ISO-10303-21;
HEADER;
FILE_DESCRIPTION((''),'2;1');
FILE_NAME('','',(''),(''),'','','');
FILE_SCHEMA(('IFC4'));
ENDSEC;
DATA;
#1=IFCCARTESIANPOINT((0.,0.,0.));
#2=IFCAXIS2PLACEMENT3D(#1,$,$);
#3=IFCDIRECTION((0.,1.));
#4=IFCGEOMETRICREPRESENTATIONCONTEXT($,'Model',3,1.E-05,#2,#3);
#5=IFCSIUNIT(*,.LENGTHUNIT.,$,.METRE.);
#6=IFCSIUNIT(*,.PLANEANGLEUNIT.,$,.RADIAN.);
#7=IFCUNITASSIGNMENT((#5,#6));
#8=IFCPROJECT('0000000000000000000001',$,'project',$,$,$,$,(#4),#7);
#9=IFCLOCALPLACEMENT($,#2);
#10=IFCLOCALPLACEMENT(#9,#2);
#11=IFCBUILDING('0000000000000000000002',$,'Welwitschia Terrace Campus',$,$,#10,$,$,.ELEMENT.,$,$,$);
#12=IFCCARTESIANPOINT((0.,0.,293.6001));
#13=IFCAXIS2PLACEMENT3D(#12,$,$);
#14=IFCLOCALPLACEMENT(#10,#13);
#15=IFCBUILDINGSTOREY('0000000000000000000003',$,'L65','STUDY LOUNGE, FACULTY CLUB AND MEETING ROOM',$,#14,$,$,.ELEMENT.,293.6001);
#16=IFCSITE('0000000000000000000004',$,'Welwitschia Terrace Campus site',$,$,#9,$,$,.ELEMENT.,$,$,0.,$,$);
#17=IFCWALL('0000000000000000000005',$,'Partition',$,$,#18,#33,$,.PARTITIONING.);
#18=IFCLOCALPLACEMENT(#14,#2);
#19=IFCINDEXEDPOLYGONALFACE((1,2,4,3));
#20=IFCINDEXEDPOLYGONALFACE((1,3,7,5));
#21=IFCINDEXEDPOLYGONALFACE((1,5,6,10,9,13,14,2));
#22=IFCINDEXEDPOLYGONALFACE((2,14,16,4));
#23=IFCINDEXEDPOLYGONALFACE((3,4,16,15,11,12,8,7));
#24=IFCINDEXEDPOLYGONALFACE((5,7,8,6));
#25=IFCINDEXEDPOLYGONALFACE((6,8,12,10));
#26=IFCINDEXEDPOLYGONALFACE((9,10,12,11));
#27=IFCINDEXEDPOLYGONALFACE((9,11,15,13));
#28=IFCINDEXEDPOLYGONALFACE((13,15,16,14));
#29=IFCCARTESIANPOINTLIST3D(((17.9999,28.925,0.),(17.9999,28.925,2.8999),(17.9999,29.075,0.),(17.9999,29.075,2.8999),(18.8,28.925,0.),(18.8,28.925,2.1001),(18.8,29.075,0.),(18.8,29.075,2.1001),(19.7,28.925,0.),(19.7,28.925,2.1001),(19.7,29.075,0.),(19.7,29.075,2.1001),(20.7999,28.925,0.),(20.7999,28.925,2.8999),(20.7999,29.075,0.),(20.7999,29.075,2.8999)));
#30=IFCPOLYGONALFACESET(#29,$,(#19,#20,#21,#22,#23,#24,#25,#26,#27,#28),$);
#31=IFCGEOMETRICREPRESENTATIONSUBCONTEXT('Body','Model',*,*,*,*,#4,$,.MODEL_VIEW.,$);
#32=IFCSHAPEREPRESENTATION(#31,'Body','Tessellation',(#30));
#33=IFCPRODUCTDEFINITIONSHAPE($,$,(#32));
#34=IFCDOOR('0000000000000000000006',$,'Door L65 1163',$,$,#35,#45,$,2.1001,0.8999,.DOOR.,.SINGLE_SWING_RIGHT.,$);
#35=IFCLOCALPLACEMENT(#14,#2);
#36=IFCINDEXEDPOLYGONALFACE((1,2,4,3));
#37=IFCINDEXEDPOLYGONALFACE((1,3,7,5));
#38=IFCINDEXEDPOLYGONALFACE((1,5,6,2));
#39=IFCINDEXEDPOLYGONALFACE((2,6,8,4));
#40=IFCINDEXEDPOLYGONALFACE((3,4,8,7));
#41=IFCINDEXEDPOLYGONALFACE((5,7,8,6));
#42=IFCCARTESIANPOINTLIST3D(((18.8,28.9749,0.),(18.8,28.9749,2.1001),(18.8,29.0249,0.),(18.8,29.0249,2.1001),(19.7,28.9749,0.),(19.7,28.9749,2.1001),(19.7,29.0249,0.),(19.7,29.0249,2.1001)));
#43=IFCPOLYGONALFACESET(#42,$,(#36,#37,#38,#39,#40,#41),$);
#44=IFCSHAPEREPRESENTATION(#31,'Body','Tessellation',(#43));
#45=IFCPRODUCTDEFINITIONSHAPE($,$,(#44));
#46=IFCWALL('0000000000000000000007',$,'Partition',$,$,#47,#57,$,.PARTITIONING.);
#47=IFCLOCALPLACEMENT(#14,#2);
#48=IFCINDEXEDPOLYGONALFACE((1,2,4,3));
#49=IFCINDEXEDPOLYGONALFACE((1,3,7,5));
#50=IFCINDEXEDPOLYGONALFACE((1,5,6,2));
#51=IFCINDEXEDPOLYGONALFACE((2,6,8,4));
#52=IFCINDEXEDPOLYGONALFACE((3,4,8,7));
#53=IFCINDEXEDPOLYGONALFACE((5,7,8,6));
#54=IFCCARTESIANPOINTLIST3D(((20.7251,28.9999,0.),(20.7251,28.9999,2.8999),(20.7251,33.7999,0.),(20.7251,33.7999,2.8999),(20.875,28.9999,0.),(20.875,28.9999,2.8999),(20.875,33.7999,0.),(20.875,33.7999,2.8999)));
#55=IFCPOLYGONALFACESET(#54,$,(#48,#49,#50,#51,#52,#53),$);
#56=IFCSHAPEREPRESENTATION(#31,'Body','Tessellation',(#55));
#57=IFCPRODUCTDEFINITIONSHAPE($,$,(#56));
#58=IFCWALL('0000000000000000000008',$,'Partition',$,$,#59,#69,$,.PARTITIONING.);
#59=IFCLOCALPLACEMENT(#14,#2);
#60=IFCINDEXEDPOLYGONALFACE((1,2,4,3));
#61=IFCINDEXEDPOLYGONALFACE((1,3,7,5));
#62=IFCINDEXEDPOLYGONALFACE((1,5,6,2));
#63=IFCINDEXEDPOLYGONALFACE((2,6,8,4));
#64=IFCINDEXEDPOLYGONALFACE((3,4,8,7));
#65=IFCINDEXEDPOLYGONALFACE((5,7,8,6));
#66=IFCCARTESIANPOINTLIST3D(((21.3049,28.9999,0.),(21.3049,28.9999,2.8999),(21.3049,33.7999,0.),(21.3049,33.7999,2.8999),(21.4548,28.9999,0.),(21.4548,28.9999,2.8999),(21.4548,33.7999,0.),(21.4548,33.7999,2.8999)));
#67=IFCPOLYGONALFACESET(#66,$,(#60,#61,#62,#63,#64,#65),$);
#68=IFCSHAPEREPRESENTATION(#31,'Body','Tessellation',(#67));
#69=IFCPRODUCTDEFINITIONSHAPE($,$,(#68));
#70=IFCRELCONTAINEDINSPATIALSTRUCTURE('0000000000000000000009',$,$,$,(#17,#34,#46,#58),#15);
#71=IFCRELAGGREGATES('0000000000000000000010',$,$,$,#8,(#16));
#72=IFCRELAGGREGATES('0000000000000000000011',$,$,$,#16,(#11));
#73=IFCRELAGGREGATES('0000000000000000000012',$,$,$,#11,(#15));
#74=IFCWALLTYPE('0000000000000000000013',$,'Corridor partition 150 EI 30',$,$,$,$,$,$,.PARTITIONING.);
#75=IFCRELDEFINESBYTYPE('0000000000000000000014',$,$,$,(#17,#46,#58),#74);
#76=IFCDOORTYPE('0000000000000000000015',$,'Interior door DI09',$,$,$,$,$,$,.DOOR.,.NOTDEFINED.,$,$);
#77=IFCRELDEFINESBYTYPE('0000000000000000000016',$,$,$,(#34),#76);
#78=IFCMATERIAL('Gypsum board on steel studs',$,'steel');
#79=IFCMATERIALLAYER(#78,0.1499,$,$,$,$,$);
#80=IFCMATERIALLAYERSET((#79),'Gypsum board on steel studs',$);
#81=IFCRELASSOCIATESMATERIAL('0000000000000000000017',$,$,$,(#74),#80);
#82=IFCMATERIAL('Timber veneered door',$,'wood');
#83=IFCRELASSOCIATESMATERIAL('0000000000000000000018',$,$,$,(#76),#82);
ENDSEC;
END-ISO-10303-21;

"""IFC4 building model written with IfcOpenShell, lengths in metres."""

from ifc_helpers import new_model, si_unit, direction, frame, frame_2d, origin, place, context, subcontext, project, spatial, rectangle, extrude, material, layer, layer_set, type_object, element, fill, save


model = new_model("IFC4")

# Units and contexts
model_context = context("Model", 3, precision=1e-05, world=origin(), true_north=direction((0.0, 1.0)))
body_context = subcontext(model_context, "Body", "Model", "MODEL_VIEW")
ifc_project = project(units=[si_unit("LENGTHUNIT", "METRE"), si_unit("PLANEANGLEUNIT", "RADIAN")], contexts=[model_context])

# Site, building, storey
site_placement = place(None, origin())
site = spatial("IfcSite", under=ifc_project, at=site_placement, Name="Welwitschia Terrace Campus site", CompositionType="ELEMENT", RefElevation=0.0)
building_placement = place(site_placement, origin())
building = spatial("IfcBuilding", under=site, at=building_placement, Name="Welwitschia Terrace Campus", CompositionType="ELEMENT")
storey_placement = place(building_placement, frame((0.0, 0.0, 293.6001)))
storey = spatial("IfcBuildingStorey", under=building, at=storey_placement, Name="L65", Description="STUDY LOUNGE, FACULTY CLUB AND MEETING ROOM", CompositionType="ELEMENT", Elevation=293.6001)

# Shared definitions
ifc_material_1 = material(Name="Gypsum board on steel studs", Category="steel")
ifc_layer_1 = layer(ifc_material_1, 0.1499)
ifc_layer_set_1 = layer_set([ifc_layer_1], Name="Gypsum board on steel studs")
wall_type_1 = type_object("IfcWallType", Name="Corridor partition 150 EI 30", PredefinedType="PARTITIONING", material=ifc_layer_set_1)

# Shared definitions
ifc_material_2 = material(Name="Timber veneered door", Category="wood")
door_type_1 = type_object("IfcDoorType", Name="Interior door DI09", OperationType="NOTDEFINED", PredefinedType="DOOR", material=ifc_material_2)

# Wall, opening, door
wall_1_placement = place(storey_placement, frame((18.0, 29.0, 0.0), z_axis=(0.0, 0.0, 1.0), x_axis=(1.0, 0.0, 0.0)))
wall_1 = element("IfcWall", 1, at=wall_1_placement, inside=storey, type_object=wall_type_1, Name="Partition", PredefinedType="PARTITIONING", context=body_context, shape_type="SweptSolid", body=[
    extrude(rectangle(XDim=2.8, YDim=0.1499, at=frame_2d((1.3999, 0.0))), origin(), (0.0, 0.0, 1.0), 2.8999),
])
opening_1_placement = place(wall_1_placement, frame((0.8, 0.0, 0.0)))
opening_1 = element("IfcOpeningElement", 2, at=opening_1_placement, cuts=wall_1, PredefinedType="OPENING", context=body_context, shape_type="SweptSolid", body=[
    extrude(rectangle(XDim=0.8999, YDim=2.1001, at=frame_2d((0.45, 1.05))), frame((0.0, 0.085, 0.0), z_axis=(0.0, -1.0, 0.0), x_axis=(1.0, 0.0, 0.0)), (0.0, 0.0, 1.0), 0.1699),
])
door_1_placement = place(opening_1_placement, origin())
door_1 = element("IfcDoor", 3, at=door_1_placement, inside=storey, type_object=door_type_1, Name="Door L65 1163", OperationType="SINGLE_SWING_RIGHT", OverallHeight=2.1001, OverallWidth=0.8999, PredefinedType="DOOR", context=body_context, shape_type="SweptSolid", body=[
    extrude(rectangle(XDim=0.8999, YDim=2.1001, at=frame_2d((0.45, 1.05))), frame((0.0, 0.0249, 0.0), z_axis=(0.0, -1.0, 0.0), x_axis=(1.0, 0.0, 0.0)), (0.0, 0.0, 1.0), 0.05),
])
fill(opening_1, door_1)

# Walls
for number, where, z_axis, x_axis, name in (
    (4, (20.8, 29.0, 0.0), (0.0, 0.0, 1.0), (0.0, 1.0, 0.0), "Partition"),
    (5, (21.3799, 29.0, 0.0), (0.0, 0.0, 1.0), (0.0, 1.0, 0.0), "Partition"),
):
    element("IfcWall", number, at=place(storey_placement, frame(where, z_axis=z_axis, x_axis=x_axis)), inside=storey, type_object=wall_type_1, Name=name, PredefinedType="PARTITIONING", context=body_context, shape_type="SweptSolid", body=[
        extrude(rectangle(XDim=4.8, YDim=0.1499, at=frame_2d((2.3999, 0.0))), origin(), (0.0, 0.0, 1.0), 2.8999),
    ])

save(model, "model.ifc")
